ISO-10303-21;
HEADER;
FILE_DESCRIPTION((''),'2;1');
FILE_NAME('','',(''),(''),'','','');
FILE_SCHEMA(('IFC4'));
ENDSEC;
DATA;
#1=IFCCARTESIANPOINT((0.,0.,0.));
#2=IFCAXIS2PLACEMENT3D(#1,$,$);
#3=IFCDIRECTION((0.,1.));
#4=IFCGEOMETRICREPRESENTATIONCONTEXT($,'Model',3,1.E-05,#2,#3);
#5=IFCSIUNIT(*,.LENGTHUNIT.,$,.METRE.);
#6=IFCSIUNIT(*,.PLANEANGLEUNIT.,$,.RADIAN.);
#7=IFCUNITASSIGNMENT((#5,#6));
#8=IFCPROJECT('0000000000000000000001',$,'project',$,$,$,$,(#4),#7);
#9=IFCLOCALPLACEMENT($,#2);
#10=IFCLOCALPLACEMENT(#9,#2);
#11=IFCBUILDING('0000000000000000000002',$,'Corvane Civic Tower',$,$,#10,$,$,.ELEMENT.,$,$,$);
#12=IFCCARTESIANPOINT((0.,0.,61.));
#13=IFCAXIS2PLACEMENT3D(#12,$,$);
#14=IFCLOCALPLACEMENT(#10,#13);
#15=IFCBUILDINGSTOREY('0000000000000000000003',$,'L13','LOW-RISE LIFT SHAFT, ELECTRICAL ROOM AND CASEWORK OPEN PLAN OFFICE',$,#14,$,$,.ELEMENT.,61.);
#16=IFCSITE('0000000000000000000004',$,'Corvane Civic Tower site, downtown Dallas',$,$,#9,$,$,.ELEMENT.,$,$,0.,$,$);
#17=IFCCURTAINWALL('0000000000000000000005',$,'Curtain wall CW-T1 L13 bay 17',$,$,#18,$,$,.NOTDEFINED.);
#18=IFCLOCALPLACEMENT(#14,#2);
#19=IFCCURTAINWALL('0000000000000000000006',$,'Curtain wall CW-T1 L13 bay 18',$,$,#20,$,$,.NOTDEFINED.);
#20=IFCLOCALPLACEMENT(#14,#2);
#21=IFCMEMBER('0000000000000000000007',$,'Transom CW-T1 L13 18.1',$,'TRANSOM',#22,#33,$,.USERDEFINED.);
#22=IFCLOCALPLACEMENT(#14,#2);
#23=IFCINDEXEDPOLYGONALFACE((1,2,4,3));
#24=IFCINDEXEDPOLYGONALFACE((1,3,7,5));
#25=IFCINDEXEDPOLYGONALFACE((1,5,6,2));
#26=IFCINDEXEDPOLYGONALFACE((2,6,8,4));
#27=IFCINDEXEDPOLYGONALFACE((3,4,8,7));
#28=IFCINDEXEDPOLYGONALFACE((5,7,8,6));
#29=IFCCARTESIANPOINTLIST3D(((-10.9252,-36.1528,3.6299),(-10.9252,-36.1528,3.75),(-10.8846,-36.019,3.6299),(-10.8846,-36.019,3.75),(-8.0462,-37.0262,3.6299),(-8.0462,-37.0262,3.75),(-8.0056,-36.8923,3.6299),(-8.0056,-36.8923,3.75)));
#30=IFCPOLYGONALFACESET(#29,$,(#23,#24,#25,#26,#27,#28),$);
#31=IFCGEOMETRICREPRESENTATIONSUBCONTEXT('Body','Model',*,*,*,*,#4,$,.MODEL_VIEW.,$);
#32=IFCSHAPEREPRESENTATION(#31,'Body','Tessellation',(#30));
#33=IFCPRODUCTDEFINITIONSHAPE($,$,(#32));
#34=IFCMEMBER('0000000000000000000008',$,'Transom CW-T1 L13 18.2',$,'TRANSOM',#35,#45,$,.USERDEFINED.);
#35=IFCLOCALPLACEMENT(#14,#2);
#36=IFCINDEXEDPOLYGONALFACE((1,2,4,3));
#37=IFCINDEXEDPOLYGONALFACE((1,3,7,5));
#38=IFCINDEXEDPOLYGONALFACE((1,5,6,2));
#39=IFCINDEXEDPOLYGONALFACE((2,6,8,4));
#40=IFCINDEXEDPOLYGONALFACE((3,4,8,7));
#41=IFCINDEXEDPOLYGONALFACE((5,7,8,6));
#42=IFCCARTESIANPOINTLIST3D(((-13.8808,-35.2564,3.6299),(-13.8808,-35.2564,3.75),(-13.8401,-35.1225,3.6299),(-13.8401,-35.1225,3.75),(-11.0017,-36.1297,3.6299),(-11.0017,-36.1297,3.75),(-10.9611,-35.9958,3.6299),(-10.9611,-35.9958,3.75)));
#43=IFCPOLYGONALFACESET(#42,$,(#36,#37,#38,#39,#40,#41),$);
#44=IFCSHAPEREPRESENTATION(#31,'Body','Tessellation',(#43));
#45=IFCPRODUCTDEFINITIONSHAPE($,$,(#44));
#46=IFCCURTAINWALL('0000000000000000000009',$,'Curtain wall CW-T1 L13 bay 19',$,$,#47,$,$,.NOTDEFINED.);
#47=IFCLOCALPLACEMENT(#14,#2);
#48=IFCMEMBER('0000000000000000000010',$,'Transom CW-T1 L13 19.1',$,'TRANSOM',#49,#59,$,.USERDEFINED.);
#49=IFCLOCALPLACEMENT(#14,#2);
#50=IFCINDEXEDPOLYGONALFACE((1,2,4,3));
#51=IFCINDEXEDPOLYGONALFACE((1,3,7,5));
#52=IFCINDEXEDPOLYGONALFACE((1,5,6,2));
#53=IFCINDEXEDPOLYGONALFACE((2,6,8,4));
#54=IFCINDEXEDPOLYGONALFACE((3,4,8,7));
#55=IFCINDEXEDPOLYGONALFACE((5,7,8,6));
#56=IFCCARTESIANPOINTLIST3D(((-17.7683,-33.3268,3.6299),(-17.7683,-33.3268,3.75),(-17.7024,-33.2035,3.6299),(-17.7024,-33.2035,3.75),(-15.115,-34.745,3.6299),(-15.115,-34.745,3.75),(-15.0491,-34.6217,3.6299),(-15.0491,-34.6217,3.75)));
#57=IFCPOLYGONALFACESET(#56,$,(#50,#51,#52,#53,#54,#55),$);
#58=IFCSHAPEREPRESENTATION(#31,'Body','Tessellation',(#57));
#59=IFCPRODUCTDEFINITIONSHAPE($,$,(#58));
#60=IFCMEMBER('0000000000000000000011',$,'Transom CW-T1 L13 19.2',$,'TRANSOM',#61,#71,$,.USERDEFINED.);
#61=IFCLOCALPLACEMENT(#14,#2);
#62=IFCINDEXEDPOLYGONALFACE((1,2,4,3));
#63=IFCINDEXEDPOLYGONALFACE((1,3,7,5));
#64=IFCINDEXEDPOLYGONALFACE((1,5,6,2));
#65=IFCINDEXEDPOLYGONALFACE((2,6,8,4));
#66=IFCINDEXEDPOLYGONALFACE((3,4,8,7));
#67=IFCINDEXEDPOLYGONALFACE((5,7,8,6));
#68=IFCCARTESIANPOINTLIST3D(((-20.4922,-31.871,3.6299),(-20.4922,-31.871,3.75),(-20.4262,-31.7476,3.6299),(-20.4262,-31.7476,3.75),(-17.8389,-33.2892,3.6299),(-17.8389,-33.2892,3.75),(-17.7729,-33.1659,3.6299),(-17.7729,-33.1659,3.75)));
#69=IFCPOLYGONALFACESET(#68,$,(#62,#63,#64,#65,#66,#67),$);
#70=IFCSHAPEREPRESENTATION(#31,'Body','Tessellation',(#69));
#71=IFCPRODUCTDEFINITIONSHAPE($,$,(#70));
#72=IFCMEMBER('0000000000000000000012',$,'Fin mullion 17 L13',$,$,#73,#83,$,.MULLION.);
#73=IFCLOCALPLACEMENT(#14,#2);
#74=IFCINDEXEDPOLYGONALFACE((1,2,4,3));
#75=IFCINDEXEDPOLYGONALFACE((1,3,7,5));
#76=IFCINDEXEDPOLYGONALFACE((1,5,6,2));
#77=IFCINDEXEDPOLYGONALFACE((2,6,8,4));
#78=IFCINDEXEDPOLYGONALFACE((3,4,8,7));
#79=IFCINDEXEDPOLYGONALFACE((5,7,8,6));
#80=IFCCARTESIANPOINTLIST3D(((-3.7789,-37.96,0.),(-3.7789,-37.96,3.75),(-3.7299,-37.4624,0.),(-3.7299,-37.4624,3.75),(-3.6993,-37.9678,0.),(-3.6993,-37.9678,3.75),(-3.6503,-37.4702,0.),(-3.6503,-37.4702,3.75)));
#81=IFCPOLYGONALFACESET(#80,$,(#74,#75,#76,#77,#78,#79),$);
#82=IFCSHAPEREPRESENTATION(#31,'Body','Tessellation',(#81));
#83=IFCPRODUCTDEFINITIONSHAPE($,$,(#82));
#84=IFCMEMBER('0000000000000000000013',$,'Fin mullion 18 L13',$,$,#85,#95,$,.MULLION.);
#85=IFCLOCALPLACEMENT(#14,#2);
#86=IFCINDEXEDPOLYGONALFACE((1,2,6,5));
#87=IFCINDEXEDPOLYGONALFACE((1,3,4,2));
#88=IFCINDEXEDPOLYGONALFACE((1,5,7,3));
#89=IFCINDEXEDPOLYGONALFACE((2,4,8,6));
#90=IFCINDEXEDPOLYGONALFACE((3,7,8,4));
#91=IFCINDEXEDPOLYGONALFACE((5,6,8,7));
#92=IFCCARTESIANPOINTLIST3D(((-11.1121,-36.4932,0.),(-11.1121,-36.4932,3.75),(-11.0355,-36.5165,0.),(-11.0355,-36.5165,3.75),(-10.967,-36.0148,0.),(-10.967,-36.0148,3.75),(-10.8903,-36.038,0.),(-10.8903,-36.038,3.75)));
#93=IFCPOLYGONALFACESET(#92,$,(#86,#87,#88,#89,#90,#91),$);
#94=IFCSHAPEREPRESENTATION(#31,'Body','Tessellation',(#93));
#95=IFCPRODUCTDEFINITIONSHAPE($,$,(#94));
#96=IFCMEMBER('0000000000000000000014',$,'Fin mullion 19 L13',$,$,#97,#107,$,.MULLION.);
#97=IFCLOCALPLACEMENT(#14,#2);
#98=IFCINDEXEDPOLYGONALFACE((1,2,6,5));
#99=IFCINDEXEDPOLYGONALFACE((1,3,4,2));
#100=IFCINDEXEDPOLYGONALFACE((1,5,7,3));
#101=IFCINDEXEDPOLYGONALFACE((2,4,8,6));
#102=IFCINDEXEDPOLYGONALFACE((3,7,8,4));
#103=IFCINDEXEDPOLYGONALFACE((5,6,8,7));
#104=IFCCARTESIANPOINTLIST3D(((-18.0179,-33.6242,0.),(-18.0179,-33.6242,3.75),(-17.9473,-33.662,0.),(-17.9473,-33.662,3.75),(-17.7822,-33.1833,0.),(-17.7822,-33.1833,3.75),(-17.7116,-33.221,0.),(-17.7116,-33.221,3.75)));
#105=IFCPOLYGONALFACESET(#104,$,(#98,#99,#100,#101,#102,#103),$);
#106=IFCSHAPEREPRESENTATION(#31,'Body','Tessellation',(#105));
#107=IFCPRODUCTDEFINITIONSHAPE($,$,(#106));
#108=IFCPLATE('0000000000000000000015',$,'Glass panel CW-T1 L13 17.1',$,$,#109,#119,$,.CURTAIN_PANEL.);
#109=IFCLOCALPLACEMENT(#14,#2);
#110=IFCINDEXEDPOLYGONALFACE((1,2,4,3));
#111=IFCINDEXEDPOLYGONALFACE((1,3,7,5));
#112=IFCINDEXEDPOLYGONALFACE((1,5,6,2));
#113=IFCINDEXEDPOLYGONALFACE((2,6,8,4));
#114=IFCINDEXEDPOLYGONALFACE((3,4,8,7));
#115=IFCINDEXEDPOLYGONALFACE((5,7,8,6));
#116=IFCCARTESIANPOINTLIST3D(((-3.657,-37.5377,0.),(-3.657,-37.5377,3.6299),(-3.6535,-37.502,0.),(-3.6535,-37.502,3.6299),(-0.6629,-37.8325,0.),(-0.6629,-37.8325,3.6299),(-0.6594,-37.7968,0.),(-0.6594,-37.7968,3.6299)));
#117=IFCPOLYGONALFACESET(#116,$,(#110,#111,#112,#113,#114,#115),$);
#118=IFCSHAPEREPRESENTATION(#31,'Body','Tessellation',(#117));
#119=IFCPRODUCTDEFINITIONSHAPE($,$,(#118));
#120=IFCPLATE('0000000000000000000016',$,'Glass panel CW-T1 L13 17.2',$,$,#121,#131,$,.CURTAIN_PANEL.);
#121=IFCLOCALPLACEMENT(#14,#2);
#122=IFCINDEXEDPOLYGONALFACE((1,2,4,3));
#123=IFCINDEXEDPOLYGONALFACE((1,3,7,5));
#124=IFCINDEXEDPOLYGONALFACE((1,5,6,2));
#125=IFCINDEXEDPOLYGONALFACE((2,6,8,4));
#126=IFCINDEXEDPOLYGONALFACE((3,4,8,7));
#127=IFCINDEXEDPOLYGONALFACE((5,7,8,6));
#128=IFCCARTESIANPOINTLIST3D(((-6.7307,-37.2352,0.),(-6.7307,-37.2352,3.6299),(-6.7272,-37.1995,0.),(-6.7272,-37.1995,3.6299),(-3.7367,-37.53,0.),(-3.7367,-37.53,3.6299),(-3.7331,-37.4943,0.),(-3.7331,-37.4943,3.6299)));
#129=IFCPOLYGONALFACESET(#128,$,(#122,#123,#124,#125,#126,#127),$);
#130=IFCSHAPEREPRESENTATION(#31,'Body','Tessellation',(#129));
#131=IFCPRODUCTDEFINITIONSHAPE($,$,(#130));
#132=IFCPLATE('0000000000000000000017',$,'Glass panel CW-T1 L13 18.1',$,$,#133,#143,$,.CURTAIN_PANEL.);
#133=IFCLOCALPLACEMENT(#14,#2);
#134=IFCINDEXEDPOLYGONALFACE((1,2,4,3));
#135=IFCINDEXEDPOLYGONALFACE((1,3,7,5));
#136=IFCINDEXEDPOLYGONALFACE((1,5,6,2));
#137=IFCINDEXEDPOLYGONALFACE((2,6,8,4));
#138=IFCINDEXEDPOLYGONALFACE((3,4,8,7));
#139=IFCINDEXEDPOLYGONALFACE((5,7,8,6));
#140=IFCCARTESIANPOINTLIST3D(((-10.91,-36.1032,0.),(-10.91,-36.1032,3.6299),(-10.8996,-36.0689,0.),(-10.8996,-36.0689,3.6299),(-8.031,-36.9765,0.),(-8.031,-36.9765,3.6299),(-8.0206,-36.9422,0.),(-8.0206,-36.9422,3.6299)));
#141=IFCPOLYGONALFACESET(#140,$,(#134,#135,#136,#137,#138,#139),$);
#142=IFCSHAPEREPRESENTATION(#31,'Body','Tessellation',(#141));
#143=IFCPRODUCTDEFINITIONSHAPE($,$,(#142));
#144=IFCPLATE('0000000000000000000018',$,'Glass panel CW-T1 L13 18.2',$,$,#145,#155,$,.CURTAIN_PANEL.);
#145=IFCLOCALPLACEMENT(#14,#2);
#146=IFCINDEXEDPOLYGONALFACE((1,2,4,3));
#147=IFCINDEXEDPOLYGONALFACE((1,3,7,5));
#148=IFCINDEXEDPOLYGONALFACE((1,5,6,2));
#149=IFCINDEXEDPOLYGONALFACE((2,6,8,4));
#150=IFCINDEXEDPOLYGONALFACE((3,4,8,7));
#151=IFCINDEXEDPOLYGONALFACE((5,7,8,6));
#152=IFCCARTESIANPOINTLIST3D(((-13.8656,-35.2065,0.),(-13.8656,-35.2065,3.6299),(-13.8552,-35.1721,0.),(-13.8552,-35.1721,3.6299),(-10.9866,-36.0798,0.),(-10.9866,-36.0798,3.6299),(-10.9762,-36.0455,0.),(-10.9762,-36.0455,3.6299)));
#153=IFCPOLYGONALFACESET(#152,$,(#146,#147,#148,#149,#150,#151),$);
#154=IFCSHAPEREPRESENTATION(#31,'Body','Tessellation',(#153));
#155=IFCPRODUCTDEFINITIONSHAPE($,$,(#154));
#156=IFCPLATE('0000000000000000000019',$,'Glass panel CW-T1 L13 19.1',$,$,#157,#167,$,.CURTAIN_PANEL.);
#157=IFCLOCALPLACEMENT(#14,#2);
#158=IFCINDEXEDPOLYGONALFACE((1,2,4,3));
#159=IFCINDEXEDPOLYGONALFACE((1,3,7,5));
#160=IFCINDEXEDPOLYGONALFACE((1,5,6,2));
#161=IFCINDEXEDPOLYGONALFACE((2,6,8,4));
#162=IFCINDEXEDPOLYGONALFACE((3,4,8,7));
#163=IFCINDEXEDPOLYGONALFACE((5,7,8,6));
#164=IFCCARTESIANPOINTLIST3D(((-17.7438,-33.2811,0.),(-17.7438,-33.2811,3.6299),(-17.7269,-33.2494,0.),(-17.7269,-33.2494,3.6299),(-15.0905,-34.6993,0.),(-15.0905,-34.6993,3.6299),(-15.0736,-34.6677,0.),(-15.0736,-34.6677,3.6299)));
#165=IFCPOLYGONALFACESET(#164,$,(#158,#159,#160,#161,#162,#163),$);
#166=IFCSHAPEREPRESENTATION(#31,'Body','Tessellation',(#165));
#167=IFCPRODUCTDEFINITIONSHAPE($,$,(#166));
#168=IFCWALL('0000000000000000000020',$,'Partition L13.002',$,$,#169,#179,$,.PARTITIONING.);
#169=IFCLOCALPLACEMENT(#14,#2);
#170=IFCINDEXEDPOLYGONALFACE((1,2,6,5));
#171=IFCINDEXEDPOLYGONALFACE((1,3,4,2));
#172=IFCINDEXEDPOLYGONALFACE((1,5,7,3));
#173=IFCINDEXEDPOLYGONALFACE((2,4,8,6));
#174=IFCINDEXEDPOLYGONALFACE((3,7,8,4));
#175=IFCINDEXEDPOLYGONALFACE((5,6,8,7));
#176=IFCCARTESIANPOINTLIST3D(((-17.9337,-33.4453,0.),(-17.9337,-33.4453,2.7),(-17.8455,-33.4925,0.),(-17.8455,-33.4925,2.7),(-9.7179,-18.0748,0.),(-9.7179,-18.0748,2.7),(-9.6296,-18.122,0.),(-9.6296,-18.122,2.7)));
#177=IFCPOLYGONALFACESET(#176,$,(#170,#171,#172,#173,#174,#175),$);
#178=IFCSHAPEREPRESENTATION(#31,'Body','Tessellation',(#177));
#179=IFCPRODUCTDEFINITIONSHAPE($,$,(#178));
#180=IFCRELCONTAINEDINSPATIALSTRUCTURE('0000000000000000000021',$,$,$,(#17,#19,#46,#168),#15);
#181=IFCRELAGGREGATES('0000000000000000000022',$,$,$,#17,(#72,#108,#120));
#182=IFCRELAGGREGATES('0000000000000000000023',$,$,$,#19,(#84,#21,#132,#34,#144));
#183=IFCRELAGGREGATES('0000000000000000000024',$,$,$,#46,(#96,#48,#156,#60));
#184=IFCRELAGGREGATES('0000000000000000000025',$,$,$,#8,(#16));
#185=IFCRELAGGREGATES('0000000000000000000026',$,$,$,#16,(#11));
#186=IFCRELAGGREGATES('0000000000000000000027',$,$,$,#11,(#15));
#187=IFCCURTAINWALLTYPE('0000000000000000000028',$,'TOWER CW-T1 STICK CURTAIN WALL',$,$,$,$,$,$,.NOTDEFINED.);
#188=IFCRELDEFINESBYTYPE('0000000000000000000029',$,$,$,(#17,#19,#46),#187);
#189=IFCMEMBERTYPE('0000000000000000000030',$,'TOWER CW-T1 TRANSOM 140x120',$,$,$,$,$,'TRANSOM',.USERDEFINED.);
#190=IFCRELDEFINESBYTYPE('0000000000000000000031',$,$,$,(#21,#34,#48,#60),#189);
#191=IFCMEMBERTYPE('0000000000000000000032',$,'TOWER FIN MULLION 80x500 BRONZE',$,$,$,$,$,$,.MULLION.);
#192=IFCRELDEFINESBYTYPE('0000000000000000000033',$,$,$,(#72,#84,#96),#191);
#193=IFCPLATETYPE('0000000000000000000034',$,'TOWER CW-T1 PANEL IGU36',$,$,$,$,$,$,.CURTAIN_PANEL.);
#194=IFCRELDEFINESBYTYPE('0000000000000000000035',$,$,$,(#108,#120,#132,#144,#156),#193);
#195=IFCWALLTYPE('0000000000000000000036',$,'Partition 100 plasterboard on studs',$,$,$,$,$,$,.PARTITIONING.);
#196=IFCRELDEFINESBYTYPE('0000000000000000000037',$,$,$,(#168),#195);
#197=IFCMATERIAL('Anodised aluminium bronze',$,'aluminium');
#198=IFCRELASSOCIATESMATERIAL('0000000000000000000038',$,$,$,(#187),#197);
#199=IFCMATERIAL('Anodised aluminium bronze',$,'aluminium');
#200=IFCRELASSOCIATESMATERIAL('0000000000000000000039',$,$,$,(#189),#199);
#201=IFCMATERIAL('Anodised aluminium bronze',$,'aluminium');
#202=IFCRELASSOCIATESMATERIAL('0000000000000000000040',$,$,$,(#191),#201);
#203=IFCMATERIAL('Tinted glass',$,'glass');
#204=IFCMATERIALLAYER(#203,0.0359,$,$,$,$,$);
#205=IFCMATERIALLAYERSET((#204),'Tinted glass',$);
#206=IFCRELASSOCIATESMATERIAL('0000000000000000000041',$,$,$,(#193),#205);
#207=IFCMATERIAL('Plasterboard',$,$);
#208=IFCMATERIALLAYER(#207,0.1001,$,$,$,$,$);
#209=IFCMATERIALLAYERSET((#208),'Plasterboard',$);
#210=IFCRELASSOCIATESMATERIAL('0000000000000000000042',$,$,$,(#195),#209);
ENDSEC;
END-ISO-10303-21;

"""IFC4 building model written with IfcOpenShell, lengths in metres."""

from ifc_helpers import new_model, si_unit, direction, frame, frame_2d, origin, origin_2d, place, context, subcontext, project, spatial, rectangle, extrude, material, layer, layer_set, material_profile, profile_set, type_object, element, aggregate, save


model = new_model("IFC4")

# Units and contexts
model_context = context("Model", 3, precision=1e-05, world=origin(), true_north=direction((0.0, 1.0)))
body_context = subcontext(model_context, "Body", "Model", "MODEL_VIEW")
ifc_project = project(units=[si_unit("LENGTHUNIT", "METRE"), si_unit("PLANEANGLEUNIT", "RADIAN")], contexts=[model_context])

# Site, building, storey
site_placement = place(None, origin())
site = spatial("IfcSite", under=ifc_project, at=site_placement, Name="Corvane Civic Tower site, downtown Dallas", CompositionType="ELEMENT", RefElevation=0.0)
building_placement = place(site_placement, origin())
building = spatial("IfcBuilding", under=site, at=building_placement, Name="Corvane Civic Tower", CompositionType="ELEMENT")
storey_placement = place(building_placement, frame((0.0, 0.0, 61.0)))
storey = spatial("IfcBuildingStorey", under=building, at=storey_placement, Name="L13", Description="LOW-RISE LIFT SHAFT, ELECTRICAL ROOM AND CASEWORK OPEN PLAN OFFICE", CompositionType="ELEMENT", Elevation=61.0)

# Curtain walls, members
ifc_material_1 = material(Name="Anodised aluminium bronze", Category="aluminium")
curtain_wall_type = type_object("IfcCurtainWallType", Name="TOWER CW-T1 STICK CURTAIN WALL", PredefinedType="NOTDEFINED", material=ifc_material_1)
curtain_wall_1_placement = place(storey_placement, origin())
curtain_wall_1 = element("IfcCurtainWall", 1, at=curtain_wall_1_placement, inside=storey, type_object=curtain_wall_type, Name="Curtain wall CW-T1 L13 bay 17", PredefinedType="NOTDEFINED")
ifc_material_2 = material(Name="Anodised aluminium bronze", Category="aluminium")
ifc_material_profile_1 = material_profile(ifc_material_2, rectangle(XDim=0.1399, YDim=0.1201, at=origin_2d()), Name="TOWER CW-T1 TRANSOM 140x120")
ifc_profile_set_1 = profile_set([ifc_material_profile_1], Name="Anodised aluminium bronze")
member_type_1 = type_object("IfcMemberType", Name="TOWER CW-T1 TRANSOM 140x120", ElementType="TRANSOM", PredefinedType="USERDEFINED", material=ifc_profile_set_1)
curtain_wall_2_placement = place(storey_placement, origin())
curtain_wall_2 = element("IfcCurtainWall", 2, at=curtain_wall_2_placement, inside=storey, type_object=curtain_wall_type, Name="Curtain wall CW-T1 L13 bay 18", PredefinedType="NOTDEFINED")
member_1_placement = place(storey_placement, frame((-8.0259, -36.9592, 3.6899), z_axis=(-0.956942, 0.29028, 0.0), x_axis=(-0.29028, -0.956942, 0.0)))
member_1 = element("IfcMember", 3, at=member_1_placement, type_object=member_type_1, Name="Transom CW-T1 L13 18.1", ObjectType="TRANSOM", PredefinedType="USERDEFINED", context=body_context, shape_type="SweptSolid", body=[
    extrude(rectangle(XDim=0.1399, YDim=0.1201, at=origin_2d()), origin(), (0.0, 0.0, 1.0), 3.0085),
])
member_2_placement = place(storey_placement, frame((-10.9814, -36.0627, 3.6899), z_axis=(-0.956942, 0.29028, 0.0), x_axis=(-0.29028, -0.956942, 0.0)))
member_2 = element("IfcMember", 4, at=member_2_placement, type_object=member_type_1, Name="Transom CW-T1 L13 18.2", ObjectType="TRANSOM", PredefinedType="USERDEFINED", context=body_context, shape_type="SweptSolid", body=[
    extrude(rectangle(XDim=0.1399, YDim=0.1201, at=origin_2d()), origin(), (0.0, 0.0, 1.0), 3.0085),
])
curtain_wall_3_placement = place(storey_placement, origin())
curtain_wall_3 = element("IfcCurtainWall", 5, at=curtain_wall_3_placement, inside=storey, type_object=curtain_wall_type, Name="Curtain wall CW-T1 L13 bay 19", PredefinedType="NOTDEFINED")
member_3_placement = place(storey_placement, frame((-15.082, -34.6833, 3.6899), z_axis=(-0.881924, 0.471393, 0.0), x_axis=(-0.471393, -0.881924, 0.0)))
member_3 = element("IfcMember", 6, at=member_3_placement, type_object=member_type_1, Name="Transom CW-T1 L13 19.1", ObjectType="TRANSOM", PredefinedType="USERDEFINED", context=body_context, shape_type="SweptSolid", body=[
    extrude(rectangle(XDim=0.1399, YDim=0.1201, at=origin_2d()), origin(), (0.0, 0.0, 1.0), 3.0085),
])
member_4_placement = place(storey_placement, frame((-17.8059, -33.2275, 3.6899), z_axis=(-0.881924, 0.471393, 0.0), x_axis=(-0.471393, -0.881924, 0.0)))
member_4 = element("IfcMember", 7, at=member_4_placement, type_object=member_type_1, Name="Transom CW-T1 L13 19.2", ObjectType="TRANSOM", PredefinedType="USERDEFINED", context=body_context, shape_type="SweptSolid", body=[
    extrude(rectangle(XDim=0.1399, YDim=0.1201, at=origin_2d()), origin(), (0.0, 0.0, 1.0), 3.0085),
])

# Members
ifc_material_3 = material(Name="Anodised aluminium bronze", Category="aluminium")
ifc_material_profile_2 = material_profile(ifc_material_3, rectangle(XDim=0.0801, YDim=0.5, at=origin_2d()), Name="TOWER FIN MULLION 80x500 BRONZE")
ifc_profile_set_2 = profile_set([ifc_material_profile_2], Name="Anodised aluminium bronze")
member_type_2 = type_object("IfcMemberType", Name="TOWER FIN MULLION 80x500 BRONZE", PredefinedType="MULLION", material=ifc_profile_set_2)
member_5_placement = place(storey_placement, frame((-3.7146, -37.7151, 0.0), z_axis=(0.0, 0.0, 1.0), x_axis=(-0.995186, 0.098006, 0.0)))
member_5 = element("IfcMember", 8, at=member_5_placement, type_object=member_type_2, Name="Fin mullion 17 L13", PredefinedType="MULLION", context=body_context, shape_type="SweptSolid", body=[
    extrude(rectangle(XDim=0.0801, YDim=0.5, at=origin_2d()), origin(), (0.0, 0.0, 1.0), 3.75),
])
member_6_placement = place(storey_placement, frame((-11.0012, -36.2656, 0.0), z_axis=(0.0, 0.0, 1.0), x_axis=(-0.956942, 0.290278, 0.0)))
member_6 = element("IfcMember", 9, at=member_6_placement, type_object=member_type_2, Name="Fin mullion 18 L13", PredefinedType="MULLION", context=body_context, shape_type="SweptSolid", body=[
    extrude(rectangle(XDim=0.0801, YDim=0.5, at=origin_2d()), origin(), (0.0, 0.0, 1.0), 3.75),
])
member_7_placement = place(storey_placement, frame((-17.8647, -33.4226, 0.0), z_axis=(0.0, 0.0, 1.0), x_axis=(-0.881918, 0.471404, 0.0)))
member_7 = element("IfcMember", 10, at=member_7_placement, type_object=member_type_2, Name="Fin mullion 19 L13", PredefinedType="MULLION", context=body_context, shape_type="SweptSolid", body=[
    extrude(rectangle(XDim=0.0801, YDim=0.5, at=origin_2d()), origin(), (0.0, 0.0, 1.0), 3.75),
])

# Plates
ifc_material_4 = material(Name="Tinted glass", Category="glass")
ifc_layer_1 = layer(ifc_material_4, 0.0359)
ifc_layer_set_1 = layer_set([ifc_layer_1], Name="Tinted glass")
plate_type = type_object("IfcPlateType", Name="TOWER CW-T1 PANEL IGU36", PredefinedType="CURTAIN_PANEL", material=ifc_layer_set_1)
plate_1_placement = place(storey_placement, frame((-2.1582, -37.6672, 0.0), z_axis=(0.0, 0.0, 1.0), x_axis=(-0.995186, 0.098006, 0.0)))
plate_1 = element("IfcPlate", 11, at=plate_1_placement, type_object=plate_type, Name="Glass panel CW-T1 L13 17.1", PredefinedType="CURTAIN_PANEL", context=body_context, shape_type="SweptSolid", body=[
    extrude(rectangle(XDim=3.0085, YDim=0.0359, at=origin_2d()), origin(), (0.0, 0.0, 1.0), 3.6299),
])
plate_2_placement = place(storey_placement, frame((-5.2319, -37.3647, 0.0), z_axis=(0.0, 0.0, 1.0), x_axis=(-0.995186, 0.098006, 0.0)))
plate_2 = element("IfcPlate", 12, at=plate_2_placement, type_object=plate_type, Name="Glass panel CW-T1 L13 17.2", PredefinedType="CURTAIN_PANEL", context=body_context, shape_type="SweptSolid", body=[
    extrude(rectangle(XDim=3.0085, YDim=0.0359, at=origin_2d()), origin(), (0.0, 0.0, 1.0), 3.6299),
])
aggregate(curtain_wall_1, [member_5, plate_1, plate_2])
plate_3_placement = place(storey_placement, frame((-9.4653, -36.5227, 0.0), z_axis=(0.0, 0.0, 1.0), x_axis=(-0.956942, 0.290278, 0.0)))
plate_3 = element("IfcPlate", 13, at=plate_3_placement, type_object=plate_type, Name="Glass panel CW-T1 L13 18.1", PredefinedType="CURTAIN_PANEL", context=body_context, shape_type="SweptSolid", body=[
    extrude(rectangle(XDim=3.0085, YDim=0.0359, at=origin_2d()), origin(), (0.0, 0.0, 1.0), 3.6299),
])
plate_4_placement = place(storey_placement, frame((-12.4209, -35.626, 0.0), z_axis=(0.0, 0.0, 1.0), x_axis=(-0.956942, 0.290278, 0.0)))
plate_4 = element("IfcPlate", 14, at=plate_4_placement, type_object=plate_type, Name="Glass panel CW-T1 L13 18.2", PredefinedType="CURTAIN_PANEL", context=body_context, shape_type="SweptSolid", body=[
    extrude(rectangle(XDim=3.0085, YDim=0.0359, at=origin_2d()), origin(), (0.0, 0.0, 1.0), 3.6299),
])
aggregate(curtain_wall_2, [member_6, member_1, plate_3, member_2, plate_4])
plate_5_placement = place(storey_placement, frame((-16.4087, -33.9744, 0.0), z_axis=(0.0, 0.0, 1.0), x_axis=(-0.881918, 0.471404, 0.0)))
plate_5 = element("IfcPlate", 15, at=plate_5_placement, type_object=plate_type, Name="Glass panel CW-T1 L13 19.1", PredefinedType="CURTAIN_PANEL", context=body_context, shape_type="SweptSolid", body=[
    extrude(rectangle(XDim=3.0085, YDim=0.0359, at=origin_2d()), origin(), (0.0, 0.0, 1.0), 3.6299),
])
aggregate(curtain_wall_3, [member_7, member_3, plate_5, member_4])

# Wall
ifc_material_5 = material(Name="Plasterboard")
ifc_layer_2 = layer(ifc_material_5, 0.1001)
ifc_layer_set_2 = layer_set([ifc_layer_2], Name="Plasterboard")
wall_type = type_object("IfcWallType", Name="Partition 100 plasterboard on studs", PredefinedType="PARTITIONING", material=ifc_layer_set_2)
wall_1_placement = place(storey_placement, frame((-17.8896, -33.469, 0.0), z_axis=(0.0, 0.0, 1.0), x_axis=(0.471405, 0.881917, 0.0)))
element("IfcWall", 16, at=wall_1_placement, inside=storey, type_object=wall_type, Name="Partition L13.002", PredefinedType="PARTITIONING", context=body_context, shape_type="SweptSolid", body=[
    extrude(rectangle(XDim=17.4285, YDim=0.1001, at=frame_2d((8.7144, 0.0))), origin(), (0.0, 0.0, 1.0), 2.7),
])

save(model, "model.ifc")
